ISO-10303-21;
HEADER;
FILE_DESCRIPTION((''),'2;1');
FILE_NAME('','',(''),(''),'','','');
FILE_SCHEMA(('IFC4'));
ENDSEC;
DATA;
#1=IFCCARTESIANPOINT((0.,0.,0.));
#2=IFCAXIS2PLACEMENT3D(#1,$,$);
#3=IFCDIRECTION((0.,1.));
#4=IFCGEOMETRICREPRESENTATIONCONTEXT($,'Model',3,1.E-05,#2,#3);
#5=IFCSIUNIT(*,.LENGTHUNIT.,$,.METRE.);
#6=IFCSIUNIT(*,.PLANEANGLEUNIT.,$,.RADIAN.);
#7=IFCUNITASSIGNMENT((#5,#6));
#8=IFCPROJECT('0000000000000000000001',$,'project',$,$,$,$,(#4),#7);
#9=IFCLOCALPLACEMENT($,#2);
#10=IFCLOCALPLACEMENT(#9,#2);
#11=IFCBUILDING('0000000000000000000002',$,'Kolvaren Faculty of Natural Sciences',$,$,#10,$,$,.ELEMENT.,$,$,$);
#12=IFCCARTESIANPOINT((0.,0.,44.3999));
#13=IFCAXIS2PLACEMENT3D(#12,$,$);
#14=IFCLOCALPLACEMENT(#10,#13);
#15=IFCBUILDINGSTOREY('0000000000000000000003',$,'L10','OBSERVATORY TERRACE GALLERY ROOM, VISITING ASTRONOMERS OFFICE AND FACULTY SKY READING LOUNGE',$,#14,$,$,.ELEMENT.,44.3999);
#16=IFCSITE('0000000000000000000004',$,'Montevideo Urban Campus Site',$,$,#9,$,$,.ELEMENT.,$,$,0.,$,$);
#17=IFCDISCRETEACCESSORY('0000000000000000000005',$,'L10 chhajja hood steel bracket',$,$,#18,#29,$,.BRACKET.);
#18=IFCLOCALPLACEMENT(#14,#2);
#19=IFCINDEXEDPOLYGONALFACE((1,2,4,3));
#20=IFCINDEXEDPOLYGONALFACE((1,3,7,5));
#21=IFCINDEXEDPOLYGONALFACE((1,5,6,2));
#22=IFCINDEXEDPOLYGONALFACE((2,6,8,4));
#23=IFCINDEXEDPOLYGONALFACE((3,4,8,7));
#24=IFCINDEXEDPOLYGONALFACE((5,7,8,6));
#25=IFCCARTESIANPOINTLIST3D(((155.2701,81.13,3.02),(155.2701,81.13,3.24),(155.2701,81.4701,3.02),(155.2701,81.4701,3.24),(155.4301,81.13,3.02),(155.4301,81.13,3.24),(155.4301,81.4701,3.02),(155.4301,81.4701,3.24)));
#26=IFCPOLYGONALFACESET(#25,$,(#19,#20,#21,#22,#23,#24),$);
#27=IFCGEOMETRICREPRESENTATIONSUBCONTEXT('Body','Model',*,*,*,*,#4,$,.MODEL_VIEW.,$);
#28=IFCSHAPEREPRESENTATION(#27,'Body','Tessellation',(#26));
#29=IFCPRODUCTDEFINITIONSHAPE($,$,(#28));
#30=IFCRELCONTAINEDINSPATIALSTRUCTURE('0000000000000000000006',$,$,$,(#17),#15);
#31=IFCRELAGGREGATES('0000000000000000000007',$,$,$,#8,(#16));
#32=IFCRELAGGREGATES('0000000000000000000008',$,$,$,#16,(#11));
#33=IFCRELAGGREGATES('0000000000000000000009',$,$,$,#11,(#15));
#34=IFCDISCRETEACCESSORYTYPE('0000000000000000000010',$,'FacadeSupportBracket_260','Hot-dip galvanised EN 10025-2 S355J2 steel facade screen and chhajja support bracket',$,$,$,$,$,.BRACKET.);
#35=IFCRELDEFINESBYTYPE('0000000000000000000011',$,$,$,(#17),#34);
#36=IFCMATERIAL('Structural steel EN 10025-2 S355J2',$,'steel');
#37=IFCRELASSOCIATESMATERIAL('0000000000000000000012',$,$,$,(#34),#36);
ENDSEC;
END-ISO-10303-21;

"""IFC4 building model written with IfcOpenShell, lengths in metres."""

from ifc_helpers import new_model, si_unit, direction, frame, origin, origin_2d, place, context, subcontext, project, spatial, rectangle, extrude, material, type_object, element, save


model = new_model("IFC4")

# Units and contexts
model_context = context("Model", 3, precision=1e-05, world=origin(), true_north=direction((0.0, 1.0)))
body_context = subcontext(model_context, "Body", "Model", "MODEL_VIEW")
ifc_project = project(units=[si_unit("LENGTHUNIT", "METRE"), si_unit("PLANEANGLEUNIT", "RADIAN")], contexts=[model_context])

# Site, building, storey
site_placement = place(None, origin())
site = spatial("IfcSite", under=ifc_project, at=site_placement, Name="Montevideo Urban Campus Site", CompositionType="ELEMENT", RefElevation=0.0)
building_placement = place(site_placement, origin())
building = spatial("IfcBuilding", under=site, at=building_placement, Name="Kolvaren Faculty of Natural Sciences", CompositionType="ELEMENT")
storey_placement = place(building_placement, frame((0.0, 0.0, 44.3999)))
storey = spatial("IfcBuildingStorey", under=building, at=storey_placement, Name="L10", Description="OBSERVATORY TERRACE GALLERY ROOM, VISITING ASTRONOMERS OFFICE AND FACULTY SKY READING LOUNGE", CompositionType="ELEMENT", Elevation=44.3999)

# Discrete accessory
ifc_material_1 = material(Name="Structural steel EN 10025-2 S355J2", Category="steel")
discrete_accessory_type = type_object("IfcDiscreteAccessoryType", Name="FacadeSupportBracket_260", Description="Hot-dip galvanised EN 10025-2 S355J2 steel facade screen and chhajja support bracket", PredefinedType="BRACKET", material=ifc_material_1)
discrete_accessory_placement = place(storey_placement, frame((155.3501, 81.3, 3.02), z_axis=(0.0, 0.0, 1.0), x_axis=(1.0, 0.0, 0.0)))
element("IfcDiscreteAccessory", 1, at=discrete_accessory_placement, inside=storey, type_object=discrete_accessory_type, Name="L10 chhajja hood steel bracket", PredefinedType="BRACKET", context=body_context, shape_type="SweptSolid", body=[
    extrude(rectangle(XDim=0.1599, YDim=0.3401, at=origin_2d()), origin(), (0.0, 0.0, 1.0), 0.22),
])

save(model, "model.ifc")
